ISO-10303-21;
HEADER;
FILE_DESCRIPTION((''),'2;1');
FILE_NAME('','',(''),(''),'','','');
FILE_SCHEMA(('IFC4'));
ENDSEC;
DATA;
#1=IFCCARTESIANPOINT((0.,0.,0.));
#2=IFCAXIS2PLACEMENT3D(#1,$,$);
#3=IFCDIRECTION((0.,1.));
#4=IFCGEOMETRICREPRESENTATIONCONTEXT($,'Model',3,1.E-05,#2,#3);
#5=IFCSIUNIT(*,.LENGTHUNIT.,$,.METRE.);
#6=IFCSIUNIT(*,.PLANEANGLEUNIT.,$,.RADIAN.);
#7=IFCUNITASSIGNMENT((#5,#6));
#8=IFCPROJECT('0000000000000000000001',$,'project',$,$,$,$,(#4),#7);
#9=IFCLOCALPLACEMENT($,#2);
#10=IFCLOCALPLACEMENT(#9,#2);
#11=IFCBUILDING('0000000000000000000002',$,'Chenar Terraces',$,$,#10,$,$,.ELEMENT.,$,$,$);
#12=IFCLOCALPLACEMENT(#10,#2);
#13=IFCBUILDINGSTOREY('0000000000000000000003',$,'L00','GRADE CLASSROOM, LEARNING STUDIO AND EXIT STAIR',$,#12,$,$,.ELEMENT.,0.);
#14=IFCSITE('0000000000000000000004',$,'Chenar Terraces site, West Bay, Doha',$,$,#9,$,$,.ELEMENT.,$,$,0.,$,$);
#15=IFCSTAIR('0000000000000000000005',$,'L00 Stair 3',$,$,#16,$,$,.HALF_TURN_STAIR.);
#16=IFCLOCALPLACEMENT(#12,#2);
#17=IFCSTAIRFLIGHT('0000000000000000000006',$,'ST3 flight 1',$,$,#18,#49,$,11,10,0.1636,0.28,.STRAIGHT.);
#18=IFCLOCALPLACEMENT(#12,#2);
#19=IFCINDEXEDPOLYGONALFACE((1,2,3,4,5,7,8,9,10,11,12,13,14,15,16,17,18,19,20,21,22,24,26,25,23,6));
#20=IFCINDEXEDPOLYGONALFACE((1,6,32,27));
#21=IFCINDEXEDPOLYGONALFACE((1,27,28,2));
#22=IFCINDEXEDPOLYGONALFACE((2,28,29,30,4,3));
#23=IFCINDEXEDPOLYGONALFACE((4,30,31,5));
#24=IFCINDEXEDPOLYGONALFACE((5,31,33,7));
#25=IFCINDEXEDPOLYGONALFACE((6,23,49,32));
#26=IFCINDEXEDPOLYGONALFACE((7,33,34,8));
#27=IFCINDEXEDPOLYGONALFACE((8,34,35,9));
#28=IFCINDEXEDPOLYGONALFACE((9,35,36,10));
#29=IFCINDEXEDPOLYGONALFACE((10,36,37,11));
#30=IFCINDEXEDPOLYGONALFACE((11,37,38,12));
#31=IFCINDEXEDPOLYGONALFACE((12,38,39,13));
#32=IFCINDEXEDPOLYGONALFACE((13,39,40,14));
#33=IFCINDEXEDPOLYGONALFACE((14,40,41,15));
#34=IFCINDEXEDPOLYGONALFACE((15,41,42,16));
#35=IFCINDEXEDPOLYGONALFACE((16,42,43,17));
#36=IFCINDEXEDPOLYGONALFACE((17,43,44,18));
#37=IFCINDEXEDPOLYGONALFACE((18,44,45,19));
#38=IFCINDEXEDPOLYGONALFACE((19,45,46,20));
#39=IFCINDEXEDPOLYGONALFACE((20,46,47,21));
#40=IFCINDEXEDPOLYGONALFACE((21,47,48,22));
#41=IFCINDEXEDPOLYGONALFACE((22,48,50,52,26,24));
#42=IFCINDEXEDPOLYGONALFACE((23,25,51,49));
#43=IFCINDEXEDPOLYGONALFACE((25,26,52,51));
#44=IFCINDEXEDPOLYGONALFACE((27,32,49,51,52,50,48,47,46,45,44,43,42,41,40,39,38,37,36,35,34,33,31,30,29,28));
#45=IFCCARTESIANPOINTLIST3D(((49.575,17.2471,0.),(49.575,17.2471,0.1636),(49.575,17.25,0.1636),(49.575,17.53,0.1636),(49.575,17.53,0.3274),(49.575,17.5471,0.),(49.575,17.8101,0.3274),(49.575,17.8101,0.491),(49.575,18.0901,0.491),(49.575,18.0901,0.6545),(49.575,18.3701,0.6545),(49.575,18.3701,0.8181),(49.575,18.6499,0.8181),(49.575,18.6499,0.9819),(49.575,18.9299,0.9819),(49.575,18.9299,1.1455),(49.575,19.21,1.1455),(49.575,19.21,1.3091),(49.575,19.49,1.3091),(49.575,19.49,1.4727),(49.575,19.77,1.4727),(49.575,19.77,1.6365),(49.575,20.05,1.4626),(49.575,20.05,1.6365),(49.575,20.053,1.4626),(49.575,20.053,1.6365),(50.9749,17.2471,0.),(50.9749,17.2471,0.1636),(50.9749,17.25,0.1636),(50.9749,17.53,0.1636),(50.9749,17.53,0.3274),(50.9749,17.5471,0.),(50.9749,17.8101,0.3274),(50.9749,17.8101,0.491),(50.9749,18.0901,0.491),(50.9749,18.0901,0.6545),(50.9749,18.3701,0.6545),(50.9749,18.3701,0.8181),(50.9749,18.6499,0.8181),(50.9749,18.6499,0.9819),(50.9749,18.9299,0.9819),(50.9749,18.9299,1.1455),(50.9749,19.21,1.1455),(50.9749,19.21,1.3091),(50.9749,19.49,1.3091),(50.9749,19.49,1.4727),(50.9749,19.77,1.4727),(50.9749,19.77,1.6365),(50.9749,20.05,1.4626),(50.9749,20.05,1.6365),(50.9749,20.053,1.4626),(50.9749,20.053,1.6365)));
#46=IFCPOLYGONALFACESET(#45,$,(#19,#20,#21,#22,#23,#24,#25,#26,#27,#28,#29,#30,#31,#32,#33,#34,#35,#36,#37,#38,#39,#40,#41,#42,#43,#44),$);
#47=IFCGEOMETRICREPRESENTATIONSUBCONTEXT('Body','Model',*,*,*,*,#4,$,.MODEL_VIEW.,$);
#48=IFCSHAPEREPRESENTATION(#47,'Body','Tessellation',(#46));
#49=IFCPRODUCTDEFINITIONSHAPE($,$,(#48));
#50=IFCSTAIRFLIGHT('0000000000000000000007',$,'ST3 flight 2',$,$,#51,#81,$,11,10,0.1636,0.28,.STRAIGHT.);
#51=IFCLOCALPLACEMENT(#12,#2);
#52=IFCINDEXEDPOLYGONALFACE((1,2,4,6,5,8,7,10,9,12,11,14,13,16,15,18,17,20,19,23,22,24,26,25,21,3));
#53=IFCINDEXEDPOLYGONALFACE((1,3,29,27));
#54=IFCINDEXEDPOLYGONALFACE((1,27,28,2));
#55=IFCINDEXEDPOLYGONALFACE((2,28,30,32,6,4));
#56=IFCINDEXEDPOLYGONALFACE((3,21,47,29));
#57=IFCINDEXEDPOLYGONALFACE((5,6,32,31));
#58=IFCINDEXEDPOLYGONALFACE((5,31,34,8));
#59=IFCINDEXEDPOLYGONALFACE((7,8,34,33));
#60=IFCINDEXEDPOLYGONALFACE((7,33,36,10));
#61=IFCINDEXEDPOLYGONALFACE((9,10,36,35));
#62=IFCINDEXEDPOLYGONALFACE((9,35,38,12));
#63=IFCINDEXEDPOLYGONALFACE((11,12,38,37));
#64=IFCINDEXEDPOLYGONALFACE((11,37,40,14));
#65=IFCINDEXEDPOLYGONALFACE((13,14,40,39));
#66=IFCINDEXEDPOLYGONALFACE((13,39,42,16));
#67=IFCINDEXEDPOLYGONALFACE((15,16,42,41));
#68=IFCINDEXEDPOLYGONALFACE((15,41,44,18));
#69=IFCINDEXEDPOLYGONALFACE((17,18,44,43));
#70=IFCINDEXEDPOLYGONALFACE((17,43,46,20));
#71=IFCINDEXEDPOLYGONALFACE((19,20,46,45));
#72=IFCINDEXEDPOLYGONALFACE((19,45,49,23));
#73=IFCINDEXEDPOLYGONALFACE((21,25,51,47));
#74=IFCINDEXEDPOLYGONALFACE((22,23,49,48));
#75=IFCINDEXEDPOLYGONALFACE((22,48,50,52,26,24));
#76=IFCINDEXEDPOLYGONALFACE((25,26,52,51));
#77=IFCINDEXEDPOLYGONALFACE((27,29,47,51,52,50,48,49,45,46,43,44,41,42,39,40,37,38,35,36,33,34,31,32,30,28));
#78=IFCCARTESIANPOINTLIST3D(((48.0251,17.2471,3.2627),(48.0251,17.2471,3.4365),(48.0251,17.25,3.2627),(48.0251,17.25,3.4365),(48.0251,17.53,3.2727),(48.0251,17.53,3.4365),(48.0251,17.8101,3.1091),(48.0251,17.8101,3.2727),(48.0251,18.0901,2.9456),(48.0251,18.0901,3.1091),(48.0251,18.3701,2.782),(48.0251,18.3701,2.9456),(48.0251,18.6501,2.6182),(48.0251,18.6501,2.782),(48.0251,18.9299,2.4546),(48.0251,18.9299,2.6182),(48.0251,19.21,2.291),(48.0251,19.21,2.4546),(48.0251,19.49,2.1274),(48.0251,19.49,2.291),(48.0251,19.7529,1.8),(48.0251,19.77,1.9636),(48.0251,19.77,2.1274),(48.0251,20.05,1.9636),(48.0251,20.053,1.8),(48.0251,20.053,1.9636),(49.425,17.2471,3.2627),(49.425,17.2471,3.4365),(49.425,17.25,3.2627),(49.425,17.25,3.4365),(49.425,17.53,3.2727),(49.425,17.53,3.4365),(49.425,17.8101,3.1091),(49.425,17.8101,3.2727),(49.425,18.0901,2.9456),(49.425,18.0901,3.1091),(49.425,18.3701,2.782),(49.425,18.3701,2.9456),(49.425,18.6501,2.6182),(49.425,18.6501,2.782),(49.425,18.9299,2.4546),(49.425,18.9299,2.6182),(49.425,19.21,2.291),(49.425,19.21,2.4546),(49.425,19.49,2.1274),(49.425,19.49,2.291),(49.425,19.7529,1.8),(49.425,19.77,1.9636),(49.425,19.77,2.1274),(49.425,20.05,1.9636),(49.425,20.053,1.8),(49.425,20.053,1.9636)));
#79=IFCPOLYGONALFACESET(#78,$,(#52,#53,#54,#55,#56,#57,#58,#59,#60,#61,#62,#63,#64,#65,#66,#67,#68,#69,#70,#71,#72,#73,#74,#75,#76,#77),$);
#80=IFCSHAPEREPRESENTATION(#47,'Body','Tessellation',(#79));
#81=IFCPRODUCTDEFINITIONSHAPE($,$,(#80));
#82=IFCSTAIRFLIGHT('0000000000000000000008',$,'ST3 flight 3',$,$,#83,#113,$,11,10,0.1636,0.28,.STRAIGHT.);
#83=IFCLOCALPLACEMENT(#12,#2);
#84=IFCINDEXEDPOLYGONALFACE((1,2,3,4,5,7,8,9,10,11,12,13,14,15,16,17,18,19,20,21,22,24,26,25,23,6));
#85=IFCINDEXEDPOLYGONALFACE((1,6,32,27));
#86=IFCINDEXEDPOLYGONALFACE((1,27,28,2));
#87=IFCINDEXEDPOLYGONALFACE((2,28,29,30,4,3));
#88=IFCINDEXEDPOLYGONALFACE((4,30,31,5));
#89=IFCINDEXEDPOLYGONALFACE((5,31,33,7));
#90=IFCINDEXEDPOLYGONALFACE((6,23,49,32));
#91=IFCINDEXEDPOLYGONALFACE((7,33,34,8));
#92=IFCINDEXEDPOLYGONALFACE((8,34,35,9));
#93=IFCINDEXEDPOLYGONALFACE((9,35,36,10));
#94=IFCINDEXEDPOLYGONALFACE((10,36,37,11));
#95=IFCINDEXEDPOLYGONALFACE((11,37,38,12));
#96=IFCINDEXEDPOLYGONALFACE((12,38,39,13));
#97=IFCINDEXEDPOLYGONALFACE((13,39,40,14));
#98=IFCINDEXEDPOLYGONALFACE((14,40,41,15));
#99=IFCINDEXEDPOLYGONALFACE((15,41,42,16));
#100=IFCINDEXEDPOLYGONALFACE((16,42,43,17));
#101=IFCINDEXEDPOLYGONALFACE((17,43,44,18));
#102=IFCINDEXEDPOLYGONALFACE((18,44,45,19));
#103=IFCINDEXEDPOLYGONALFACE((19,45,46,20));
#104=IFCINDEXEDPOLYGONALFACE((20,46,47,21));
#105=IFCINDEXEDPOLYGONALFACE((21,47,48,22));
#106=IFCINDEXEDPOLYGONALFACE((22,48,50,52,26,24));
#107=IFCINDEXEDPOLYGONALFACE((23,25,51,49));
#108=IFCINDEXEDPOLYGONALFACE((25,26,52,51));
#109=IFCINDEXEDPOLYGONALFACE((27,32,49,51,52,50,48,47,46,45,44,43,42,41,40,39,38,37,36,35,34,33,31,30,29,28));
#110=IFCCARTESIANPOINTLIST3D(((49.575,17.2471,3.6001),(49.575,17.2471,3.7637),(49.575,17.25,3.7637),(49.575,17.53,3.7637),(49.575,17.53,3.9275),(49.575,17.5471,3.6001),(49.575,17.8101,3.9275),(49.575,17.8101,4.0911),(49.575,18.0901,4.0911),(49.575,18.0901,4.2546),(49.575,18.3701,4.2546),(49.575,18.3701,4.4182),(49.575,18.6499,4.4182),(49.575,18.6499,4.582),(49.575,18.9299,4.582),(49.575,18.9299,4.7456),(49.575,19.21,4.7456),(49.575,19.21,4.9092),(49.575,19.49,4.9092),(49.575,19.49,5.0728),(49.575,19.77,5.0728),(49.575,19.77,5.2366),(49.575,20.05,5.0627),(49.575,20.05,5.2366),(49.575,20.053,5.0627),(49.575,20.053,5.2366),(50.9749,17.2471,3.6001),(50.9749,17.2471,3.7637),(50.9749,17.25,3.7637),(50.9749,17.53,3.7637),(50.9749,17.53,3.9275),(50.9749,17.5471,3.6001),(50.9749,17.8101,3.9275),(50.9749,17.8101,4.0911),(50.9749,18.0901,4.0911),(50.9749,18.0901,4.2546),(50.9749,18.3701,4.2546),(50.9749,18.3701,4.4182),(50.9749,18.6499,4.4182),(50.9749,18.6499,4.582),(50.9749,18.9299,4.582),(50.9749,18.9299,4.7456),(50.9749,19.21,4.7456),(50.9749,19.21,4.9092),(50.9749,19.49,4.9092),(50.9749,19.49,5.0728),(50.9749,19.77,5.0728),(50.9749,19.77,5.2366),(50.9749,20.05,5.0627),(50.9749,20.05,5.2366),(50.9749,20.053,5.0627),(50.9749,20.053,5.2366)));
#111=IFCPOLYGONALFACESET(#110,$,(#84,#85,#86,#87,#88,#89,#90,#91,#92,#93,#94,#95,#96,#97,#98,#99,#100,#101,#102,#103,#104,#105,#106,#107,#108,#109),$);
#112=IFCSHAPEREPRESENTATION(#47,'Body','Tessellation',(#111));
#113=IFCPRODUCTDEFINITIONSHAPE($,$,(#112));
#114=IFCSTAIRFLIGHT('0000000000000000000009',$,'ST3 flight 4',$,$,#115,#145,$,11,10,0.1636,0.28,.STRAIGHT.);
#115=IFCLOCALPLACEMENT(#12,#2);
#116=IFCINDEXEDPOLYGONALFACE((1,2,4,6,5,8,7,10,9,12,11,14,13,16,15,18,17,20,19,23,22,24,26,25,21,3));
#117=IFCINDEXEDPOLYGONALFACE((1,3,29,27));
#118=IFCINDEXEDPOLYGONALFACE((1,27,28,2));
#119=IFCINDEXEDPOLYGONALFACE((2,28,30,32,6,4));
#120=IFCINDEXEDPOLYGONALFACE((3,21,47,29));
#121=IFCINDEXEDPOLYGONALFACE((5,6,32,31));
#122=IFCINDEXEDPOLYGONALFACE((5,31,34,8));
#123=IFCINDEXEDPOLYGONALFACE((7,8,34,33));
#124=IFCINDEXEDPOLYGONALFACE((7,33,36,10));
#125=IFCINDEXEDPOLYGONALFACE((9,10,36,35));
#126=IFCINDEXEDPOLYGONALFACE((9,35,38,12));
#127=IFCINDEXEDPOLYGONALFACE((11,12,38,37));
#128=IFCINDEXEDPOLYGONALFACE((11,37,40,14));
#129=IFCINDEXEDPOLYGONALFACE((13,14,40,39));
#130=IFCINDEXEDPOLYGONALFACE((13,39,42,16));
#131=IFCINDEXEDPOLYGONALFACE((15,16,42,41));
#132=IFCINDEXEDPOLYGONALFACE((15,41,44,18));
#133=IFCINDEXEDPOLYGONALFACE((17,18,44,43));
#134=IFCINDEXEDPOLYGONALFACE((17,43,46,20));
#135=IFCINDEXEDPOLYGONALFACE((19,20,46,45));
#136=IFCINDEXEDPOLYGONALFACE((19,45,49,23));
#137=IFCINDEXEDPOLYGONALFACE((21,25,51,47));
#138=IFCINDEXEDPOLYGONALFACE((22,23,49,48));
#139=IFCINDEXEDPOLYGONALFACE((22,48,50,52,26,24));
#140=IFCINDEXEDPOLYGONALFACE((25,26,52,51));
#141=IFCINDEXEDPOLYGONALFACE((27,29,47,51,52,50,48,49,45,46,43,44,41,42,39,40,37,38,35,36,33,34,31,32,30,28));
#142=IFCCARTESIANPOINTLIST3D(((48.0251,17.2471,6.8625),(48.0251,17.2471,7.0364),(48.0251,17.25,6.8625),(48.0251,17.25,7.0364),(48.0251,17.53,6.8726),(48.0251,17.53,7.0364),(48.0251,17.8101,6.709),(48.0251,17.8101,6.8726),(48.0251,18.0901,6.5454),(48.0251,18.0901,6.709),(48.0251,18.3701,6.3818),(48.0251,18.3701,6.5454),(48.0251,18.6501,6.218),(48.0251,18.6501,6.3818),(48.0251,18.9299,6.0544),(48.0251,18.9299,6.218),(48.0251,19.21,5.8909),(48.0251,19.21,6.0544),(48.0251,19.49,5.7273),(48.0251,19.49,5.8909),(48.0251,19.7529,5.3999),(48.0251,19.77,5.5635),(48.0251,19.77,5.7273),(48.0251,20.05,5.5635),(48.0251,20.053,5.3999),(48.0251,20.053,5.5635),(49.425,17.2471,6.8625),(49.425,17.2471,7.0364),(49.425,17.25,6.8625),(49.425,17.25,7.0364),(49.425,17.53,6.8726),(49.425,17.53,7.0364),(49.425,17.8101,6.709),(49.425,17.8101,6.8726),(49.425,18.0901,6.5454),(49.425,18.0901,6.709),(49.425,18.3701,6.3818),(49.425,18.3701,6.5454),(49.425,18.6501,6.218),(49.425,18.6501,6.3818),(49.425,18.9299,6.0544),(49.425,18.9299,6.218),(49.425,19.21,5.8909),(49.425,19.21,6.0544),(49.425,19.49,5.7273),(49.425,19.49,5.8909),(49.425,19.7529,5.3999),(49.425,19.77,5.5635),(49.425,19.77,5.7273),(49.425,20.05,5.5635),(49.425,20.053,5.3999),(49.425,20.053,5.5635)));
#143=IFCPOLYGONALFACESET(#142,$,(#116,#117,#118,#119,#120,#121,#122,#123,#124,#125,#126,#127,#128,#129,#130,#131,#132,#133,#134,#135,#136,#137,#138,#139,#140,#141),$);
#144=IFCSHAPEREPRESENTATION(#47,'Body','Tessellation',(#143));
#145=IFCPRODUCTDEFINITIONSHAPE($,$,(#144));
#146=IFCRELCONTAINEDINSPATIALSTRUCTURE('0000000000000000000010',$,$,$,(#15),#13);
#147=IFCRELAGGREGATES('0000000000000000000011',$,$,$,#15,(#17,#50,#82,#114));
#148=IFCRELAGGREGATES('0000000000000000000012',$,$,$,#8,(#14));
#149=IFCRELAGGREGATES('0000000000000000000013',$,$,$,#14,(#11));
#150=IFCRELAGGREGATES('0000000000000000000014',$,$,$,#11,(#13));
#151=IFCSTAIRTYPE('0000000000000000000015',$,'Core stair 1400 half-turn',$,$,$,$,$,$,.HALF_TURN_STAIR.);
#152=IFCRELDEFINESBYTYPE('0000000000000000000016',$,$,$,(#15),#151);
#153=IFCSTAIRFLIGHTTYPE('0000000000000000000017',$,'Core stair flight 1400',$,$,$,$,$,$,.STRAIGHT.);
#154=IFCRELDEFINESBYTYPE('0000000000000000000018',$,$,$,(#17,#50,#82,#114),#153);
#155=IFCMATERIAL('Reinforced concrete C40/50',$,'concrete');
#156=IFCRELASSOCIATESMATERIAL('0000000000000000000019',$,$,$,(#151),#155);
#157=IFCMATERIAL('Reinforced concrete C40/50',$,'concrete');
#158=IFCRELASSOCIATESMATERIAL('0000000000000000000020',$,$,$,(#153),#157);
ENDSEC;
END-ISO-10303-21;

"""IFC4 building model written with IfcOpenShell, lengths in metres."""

from ifc_helpers import new_model, si_unit, direction, frame, origin, place, context, subcontext, project, spatial, polyline, outline, extrude, material, type_object, element, aggregate, save


model = new_model("IFC4")

# Units and contexts
model_context = context("Model", 3, precision=1e-05, world=origin(), true_north=direction((0.0, 1.0)))
body_context = subcontext(model_context, "Body", "Model", "MODEL_VIEW")
ifc_project = project(units=[si_unit("LENGTHUNIT", "METRE"), si_unit("PLANEANGLEUNIT", "RADIAN")], contexts=[model_context])

# Site, building, storey
site_placement = place(None, origin())
site = spatial("IfcSite", under=ifc_project, at=site_placement, Name="Chenar Terraces site, West Bay, Doha", CompositionType="ELEMENT", RefElevation=0.0)
building_placement = place(site_placement, origin())
building = spatial("IfcBuilding", under=site, at=building_placement, Name="Chenar Terraces", CompositionType="ELEMENT")
storey_placement = place(building_placement, origin())
storey = spatial("IfcBuildingStorey", under=building, at=storey_placement, Name="L00", Description="GRADE CLASSROOM, LEARNING STUDIO AND EXIT STAIR", CompositionType="ELEMENT", Elevation=0.0)

# Stair, stair flights
ifc_material_1 = material(Name="Reinforced concrete C40/50", Category="concrete")
stair_type = type_object("IfcStairType", Name="Core stair 1400 half-turn", PredefinedType="HALF_TURN_STAIR", material=ifc_material_1)
stair_placement = place(storey_placement, origin())
stair = element("IfcStair", 1, at=stair_placement, inside=storey, type_object=stair_type, Name="L00 Stair 3", PredefinedType="HALF_TURN_STAIR")
ifc_material_2 = material(Name="Reinforced concrete C40/50", Category="concrete")
stair_flight_type = type_object("IfcStairFlightType", Name="Core stair flight 1400", PredefinedType="STRAIGHT", material=ifc_material_2)
stair_flight_1_placement = place(storey_placement, frame((50.2749, 17.25, 0.0), z_axis=(0.0, 0.0, 1.0), x_axis=(0.0, 1.0, 0.0)))
stair_flight_1 = element("IfcStairFlight", 2, at=stair_flight_1_placement, type_object=stair_flight_type, Name="ST3 flight 1", NumberOfRisers=11, NumberOfTreads=10, PredefinedType="STRAIGHT", RiserHeight=0.1636, TreadLength=0.28, context=body_context, shape_type="SweptSolid", body=[
    extrude(outline(polyline([(-0.0029, 0.0), (-0.0029, 0.1636), (0.0, 0.1636), (0.28, 0.1636), (0.28, 0.3274), (0.5601, 0.3274), (0.5601, 0.491), (0.8401, 0.491), (0.8401, 0.6545), (1.1201, 0.6545), (1.1201, 0.8181), (1.3999, 0.8181), (1.3999, 0.9819), (1.6799, 0.9819), (1.6799, 1.1455), (1.96, 1.1455), (1.96, 1.3091), (2.24, 1.3091), (2.24, 1.4727), (2.52, 1.4727), (2.52, 1.6365), (2.8, 1.6365), (2.803, 1.6365), (2.803, 1.4626), (2.8, 1.4626), (0.2971, 0.0), (-0.0029, 0.0)])), frame((0.0, 0.7, 0.0), z_axis=(0.0, -1.0, 0.0), x_axis=(1.0, 0.0, 0.0)), (0.0, 0.0, 1.0), 1.3999),
])
stair_flight_2_placement = place(storey_placement, frame((48.7251, 20.05, 1.8), z_axis=(0.0, 0.0, 1.0), x_axis=(0.0, -1.0, 0.0)))
stair_flight_2 = element("IfcStairFlight", 3, at=stair_flight_2_placement, type_object=stair_flight_type, Name="ST3 flight 2", NumberOfRisers=11, NumberOfTreads=10, PredefinedType="STRAIGHT", RiserHeight=0.1636, TreadLength=0.28, context=body_context, shape_type="SweptSolid", body=[
    extrude(outline(polyline([(-0.0029, 0.0), (-0.0029, 0.1636), (0.0, 0.1636), (0.28, 0.1636), (0.28, 0.3274), (0.5601, 0.3274), (0.5601, 0.491), (0.8401, 0.491), (0.8401, 0.6545), (1.1201, 0.6545), (1.1201, 0.8181), (1.3999, 0.8181), (1.3999, 0.9819), (1.6799, 0.9819), (1.6799, 1.1455), (1.96, 1.1455), (1.96, 1.3091), (2.24, 1.3091), (2.24, 1.4727), (2.52, 1.4727), (2.52, 1.6365), (2.8, 1.6365), (2.803, 1.6365), (2.803, 1.4626), (2.8, 1.4626), (0.2971, 0.0), (-0.0029, 0.0)])), frame((0.0, 0.7, 0.0), z_axis=(0.0, -1.0, 0.0), x_axis=(1.0, 0.0, 0.0)), (0.0, 0.0, 1.0), 1.3999),
])
stair_flight_3_placement = place(storey_placement, frame((50.2749, 17.25, 3.6001), z_axis=(0.0, 0.0, 1.0), x_axis=(0.0, 1.0, 0.0)))
stair_flight_3 = element("IfcStairFlight", 4, at=stair_flight_3_placement, type_object=stair_flight_type, Name="ST3 flight 3", NumberOfRisers=11, NumberOfTreads=10, PredefinedType="STRAIGHT", RiserHeight=0.1636, TreadLength=0.28, context=body_context, shape_type="SweptSolid", body=[
    extrude(outline(polyline([(-0.0029, 0.0), (-0.0029, 0.1636), (0.0, 0.1636), (0.28, 0.1636), (0.28, 0.3274), (0.5601, 0.3274), (0.5601, 0.491), (0.8401, 0.491), (0.8401, 0.6545), (1.1201, 0.6545), (1.1201, 0.8181), (1.3999, 0.8181), (1.3999, 0.9819), (1.6799, 0.9819), (1.6799, 1.1455), (1.96, 1.1455), (1.96, 1.3091), (2.24, 1.3091), (2.24, 1.4727), (2.52, 1.4727), (2.52, 1.6365), (2.8, 1.6365), (2.803, 1.6365), (2.803, 1.4626), (2.8, 1.4626), (0.2971, 0.0), (-0.0029, 0.0)])), frame((0.0, 0.7, 0.0), z_axis=(0.0, -1.0, 0.0), x_axis=(1.0, 0.0, 0.0)), (0.0, 0.0, 1.0), 1.3999),
])
stair_flight_4_placement = place(storey_placement, frame((48.7251, 20.05, 5.3999), z_axis=(0.0, 0.0, 1.0), x_axis=(0.0, -1.0, 0.0)))
stair_flight_4 = element("IfcStairFlight", 5, at=stair_flight_4_placement, type_object=stair_flight_type, Name="ST3 flight 4", NumberOfRisers=11, NumberOfTreads=10, PredefinedType="STRAIGHT", RiserHeight=0.1636, TreadLength=0.28, context=body_context, shape_type="SweptSolid", body=[
    extrude(outline(polyline([(-0.0029, 0.0), (-0.0029, 0.1636), (0.0, 0.1636), (0.28, 0.1636), (0.28, 0.3274), (0.5601, 0.3274), (0.5601, 0.491), (0.8401, 0.491), (0.8401, 0.6545), (1.1201, 0.6545), (1.1201, 0.8181), (1.3999, 0.8181), (1.3999, 0.9819), (1.6799, 0.9819), (1.6799, 1.1455), (1.96, 1.1455), (1.96, 1.3091), (2.24, 1.3091), (2.24, 1.4727), (2.52, 1.4727), (2.52, 1.6365), (2.8, 1.6365), (2.803, 1.6365), (2.803, 1.4626), (2.8, 1.4626), (0.2971, 0.0), (-0.0029, 0.0)])), frame((0.0, 0.7, 0.0), z_axis=(0.0, -1.0, 0.0), x_axis=(1.0, 0.0, 0.0)), (0.0, 0.0, 1.0), 1.3999),
])
aggregate(stair, [stair_flight_1, stair_flight_2, stair_flight_3, stair_flight_4])

save(model, "model.ifc")
